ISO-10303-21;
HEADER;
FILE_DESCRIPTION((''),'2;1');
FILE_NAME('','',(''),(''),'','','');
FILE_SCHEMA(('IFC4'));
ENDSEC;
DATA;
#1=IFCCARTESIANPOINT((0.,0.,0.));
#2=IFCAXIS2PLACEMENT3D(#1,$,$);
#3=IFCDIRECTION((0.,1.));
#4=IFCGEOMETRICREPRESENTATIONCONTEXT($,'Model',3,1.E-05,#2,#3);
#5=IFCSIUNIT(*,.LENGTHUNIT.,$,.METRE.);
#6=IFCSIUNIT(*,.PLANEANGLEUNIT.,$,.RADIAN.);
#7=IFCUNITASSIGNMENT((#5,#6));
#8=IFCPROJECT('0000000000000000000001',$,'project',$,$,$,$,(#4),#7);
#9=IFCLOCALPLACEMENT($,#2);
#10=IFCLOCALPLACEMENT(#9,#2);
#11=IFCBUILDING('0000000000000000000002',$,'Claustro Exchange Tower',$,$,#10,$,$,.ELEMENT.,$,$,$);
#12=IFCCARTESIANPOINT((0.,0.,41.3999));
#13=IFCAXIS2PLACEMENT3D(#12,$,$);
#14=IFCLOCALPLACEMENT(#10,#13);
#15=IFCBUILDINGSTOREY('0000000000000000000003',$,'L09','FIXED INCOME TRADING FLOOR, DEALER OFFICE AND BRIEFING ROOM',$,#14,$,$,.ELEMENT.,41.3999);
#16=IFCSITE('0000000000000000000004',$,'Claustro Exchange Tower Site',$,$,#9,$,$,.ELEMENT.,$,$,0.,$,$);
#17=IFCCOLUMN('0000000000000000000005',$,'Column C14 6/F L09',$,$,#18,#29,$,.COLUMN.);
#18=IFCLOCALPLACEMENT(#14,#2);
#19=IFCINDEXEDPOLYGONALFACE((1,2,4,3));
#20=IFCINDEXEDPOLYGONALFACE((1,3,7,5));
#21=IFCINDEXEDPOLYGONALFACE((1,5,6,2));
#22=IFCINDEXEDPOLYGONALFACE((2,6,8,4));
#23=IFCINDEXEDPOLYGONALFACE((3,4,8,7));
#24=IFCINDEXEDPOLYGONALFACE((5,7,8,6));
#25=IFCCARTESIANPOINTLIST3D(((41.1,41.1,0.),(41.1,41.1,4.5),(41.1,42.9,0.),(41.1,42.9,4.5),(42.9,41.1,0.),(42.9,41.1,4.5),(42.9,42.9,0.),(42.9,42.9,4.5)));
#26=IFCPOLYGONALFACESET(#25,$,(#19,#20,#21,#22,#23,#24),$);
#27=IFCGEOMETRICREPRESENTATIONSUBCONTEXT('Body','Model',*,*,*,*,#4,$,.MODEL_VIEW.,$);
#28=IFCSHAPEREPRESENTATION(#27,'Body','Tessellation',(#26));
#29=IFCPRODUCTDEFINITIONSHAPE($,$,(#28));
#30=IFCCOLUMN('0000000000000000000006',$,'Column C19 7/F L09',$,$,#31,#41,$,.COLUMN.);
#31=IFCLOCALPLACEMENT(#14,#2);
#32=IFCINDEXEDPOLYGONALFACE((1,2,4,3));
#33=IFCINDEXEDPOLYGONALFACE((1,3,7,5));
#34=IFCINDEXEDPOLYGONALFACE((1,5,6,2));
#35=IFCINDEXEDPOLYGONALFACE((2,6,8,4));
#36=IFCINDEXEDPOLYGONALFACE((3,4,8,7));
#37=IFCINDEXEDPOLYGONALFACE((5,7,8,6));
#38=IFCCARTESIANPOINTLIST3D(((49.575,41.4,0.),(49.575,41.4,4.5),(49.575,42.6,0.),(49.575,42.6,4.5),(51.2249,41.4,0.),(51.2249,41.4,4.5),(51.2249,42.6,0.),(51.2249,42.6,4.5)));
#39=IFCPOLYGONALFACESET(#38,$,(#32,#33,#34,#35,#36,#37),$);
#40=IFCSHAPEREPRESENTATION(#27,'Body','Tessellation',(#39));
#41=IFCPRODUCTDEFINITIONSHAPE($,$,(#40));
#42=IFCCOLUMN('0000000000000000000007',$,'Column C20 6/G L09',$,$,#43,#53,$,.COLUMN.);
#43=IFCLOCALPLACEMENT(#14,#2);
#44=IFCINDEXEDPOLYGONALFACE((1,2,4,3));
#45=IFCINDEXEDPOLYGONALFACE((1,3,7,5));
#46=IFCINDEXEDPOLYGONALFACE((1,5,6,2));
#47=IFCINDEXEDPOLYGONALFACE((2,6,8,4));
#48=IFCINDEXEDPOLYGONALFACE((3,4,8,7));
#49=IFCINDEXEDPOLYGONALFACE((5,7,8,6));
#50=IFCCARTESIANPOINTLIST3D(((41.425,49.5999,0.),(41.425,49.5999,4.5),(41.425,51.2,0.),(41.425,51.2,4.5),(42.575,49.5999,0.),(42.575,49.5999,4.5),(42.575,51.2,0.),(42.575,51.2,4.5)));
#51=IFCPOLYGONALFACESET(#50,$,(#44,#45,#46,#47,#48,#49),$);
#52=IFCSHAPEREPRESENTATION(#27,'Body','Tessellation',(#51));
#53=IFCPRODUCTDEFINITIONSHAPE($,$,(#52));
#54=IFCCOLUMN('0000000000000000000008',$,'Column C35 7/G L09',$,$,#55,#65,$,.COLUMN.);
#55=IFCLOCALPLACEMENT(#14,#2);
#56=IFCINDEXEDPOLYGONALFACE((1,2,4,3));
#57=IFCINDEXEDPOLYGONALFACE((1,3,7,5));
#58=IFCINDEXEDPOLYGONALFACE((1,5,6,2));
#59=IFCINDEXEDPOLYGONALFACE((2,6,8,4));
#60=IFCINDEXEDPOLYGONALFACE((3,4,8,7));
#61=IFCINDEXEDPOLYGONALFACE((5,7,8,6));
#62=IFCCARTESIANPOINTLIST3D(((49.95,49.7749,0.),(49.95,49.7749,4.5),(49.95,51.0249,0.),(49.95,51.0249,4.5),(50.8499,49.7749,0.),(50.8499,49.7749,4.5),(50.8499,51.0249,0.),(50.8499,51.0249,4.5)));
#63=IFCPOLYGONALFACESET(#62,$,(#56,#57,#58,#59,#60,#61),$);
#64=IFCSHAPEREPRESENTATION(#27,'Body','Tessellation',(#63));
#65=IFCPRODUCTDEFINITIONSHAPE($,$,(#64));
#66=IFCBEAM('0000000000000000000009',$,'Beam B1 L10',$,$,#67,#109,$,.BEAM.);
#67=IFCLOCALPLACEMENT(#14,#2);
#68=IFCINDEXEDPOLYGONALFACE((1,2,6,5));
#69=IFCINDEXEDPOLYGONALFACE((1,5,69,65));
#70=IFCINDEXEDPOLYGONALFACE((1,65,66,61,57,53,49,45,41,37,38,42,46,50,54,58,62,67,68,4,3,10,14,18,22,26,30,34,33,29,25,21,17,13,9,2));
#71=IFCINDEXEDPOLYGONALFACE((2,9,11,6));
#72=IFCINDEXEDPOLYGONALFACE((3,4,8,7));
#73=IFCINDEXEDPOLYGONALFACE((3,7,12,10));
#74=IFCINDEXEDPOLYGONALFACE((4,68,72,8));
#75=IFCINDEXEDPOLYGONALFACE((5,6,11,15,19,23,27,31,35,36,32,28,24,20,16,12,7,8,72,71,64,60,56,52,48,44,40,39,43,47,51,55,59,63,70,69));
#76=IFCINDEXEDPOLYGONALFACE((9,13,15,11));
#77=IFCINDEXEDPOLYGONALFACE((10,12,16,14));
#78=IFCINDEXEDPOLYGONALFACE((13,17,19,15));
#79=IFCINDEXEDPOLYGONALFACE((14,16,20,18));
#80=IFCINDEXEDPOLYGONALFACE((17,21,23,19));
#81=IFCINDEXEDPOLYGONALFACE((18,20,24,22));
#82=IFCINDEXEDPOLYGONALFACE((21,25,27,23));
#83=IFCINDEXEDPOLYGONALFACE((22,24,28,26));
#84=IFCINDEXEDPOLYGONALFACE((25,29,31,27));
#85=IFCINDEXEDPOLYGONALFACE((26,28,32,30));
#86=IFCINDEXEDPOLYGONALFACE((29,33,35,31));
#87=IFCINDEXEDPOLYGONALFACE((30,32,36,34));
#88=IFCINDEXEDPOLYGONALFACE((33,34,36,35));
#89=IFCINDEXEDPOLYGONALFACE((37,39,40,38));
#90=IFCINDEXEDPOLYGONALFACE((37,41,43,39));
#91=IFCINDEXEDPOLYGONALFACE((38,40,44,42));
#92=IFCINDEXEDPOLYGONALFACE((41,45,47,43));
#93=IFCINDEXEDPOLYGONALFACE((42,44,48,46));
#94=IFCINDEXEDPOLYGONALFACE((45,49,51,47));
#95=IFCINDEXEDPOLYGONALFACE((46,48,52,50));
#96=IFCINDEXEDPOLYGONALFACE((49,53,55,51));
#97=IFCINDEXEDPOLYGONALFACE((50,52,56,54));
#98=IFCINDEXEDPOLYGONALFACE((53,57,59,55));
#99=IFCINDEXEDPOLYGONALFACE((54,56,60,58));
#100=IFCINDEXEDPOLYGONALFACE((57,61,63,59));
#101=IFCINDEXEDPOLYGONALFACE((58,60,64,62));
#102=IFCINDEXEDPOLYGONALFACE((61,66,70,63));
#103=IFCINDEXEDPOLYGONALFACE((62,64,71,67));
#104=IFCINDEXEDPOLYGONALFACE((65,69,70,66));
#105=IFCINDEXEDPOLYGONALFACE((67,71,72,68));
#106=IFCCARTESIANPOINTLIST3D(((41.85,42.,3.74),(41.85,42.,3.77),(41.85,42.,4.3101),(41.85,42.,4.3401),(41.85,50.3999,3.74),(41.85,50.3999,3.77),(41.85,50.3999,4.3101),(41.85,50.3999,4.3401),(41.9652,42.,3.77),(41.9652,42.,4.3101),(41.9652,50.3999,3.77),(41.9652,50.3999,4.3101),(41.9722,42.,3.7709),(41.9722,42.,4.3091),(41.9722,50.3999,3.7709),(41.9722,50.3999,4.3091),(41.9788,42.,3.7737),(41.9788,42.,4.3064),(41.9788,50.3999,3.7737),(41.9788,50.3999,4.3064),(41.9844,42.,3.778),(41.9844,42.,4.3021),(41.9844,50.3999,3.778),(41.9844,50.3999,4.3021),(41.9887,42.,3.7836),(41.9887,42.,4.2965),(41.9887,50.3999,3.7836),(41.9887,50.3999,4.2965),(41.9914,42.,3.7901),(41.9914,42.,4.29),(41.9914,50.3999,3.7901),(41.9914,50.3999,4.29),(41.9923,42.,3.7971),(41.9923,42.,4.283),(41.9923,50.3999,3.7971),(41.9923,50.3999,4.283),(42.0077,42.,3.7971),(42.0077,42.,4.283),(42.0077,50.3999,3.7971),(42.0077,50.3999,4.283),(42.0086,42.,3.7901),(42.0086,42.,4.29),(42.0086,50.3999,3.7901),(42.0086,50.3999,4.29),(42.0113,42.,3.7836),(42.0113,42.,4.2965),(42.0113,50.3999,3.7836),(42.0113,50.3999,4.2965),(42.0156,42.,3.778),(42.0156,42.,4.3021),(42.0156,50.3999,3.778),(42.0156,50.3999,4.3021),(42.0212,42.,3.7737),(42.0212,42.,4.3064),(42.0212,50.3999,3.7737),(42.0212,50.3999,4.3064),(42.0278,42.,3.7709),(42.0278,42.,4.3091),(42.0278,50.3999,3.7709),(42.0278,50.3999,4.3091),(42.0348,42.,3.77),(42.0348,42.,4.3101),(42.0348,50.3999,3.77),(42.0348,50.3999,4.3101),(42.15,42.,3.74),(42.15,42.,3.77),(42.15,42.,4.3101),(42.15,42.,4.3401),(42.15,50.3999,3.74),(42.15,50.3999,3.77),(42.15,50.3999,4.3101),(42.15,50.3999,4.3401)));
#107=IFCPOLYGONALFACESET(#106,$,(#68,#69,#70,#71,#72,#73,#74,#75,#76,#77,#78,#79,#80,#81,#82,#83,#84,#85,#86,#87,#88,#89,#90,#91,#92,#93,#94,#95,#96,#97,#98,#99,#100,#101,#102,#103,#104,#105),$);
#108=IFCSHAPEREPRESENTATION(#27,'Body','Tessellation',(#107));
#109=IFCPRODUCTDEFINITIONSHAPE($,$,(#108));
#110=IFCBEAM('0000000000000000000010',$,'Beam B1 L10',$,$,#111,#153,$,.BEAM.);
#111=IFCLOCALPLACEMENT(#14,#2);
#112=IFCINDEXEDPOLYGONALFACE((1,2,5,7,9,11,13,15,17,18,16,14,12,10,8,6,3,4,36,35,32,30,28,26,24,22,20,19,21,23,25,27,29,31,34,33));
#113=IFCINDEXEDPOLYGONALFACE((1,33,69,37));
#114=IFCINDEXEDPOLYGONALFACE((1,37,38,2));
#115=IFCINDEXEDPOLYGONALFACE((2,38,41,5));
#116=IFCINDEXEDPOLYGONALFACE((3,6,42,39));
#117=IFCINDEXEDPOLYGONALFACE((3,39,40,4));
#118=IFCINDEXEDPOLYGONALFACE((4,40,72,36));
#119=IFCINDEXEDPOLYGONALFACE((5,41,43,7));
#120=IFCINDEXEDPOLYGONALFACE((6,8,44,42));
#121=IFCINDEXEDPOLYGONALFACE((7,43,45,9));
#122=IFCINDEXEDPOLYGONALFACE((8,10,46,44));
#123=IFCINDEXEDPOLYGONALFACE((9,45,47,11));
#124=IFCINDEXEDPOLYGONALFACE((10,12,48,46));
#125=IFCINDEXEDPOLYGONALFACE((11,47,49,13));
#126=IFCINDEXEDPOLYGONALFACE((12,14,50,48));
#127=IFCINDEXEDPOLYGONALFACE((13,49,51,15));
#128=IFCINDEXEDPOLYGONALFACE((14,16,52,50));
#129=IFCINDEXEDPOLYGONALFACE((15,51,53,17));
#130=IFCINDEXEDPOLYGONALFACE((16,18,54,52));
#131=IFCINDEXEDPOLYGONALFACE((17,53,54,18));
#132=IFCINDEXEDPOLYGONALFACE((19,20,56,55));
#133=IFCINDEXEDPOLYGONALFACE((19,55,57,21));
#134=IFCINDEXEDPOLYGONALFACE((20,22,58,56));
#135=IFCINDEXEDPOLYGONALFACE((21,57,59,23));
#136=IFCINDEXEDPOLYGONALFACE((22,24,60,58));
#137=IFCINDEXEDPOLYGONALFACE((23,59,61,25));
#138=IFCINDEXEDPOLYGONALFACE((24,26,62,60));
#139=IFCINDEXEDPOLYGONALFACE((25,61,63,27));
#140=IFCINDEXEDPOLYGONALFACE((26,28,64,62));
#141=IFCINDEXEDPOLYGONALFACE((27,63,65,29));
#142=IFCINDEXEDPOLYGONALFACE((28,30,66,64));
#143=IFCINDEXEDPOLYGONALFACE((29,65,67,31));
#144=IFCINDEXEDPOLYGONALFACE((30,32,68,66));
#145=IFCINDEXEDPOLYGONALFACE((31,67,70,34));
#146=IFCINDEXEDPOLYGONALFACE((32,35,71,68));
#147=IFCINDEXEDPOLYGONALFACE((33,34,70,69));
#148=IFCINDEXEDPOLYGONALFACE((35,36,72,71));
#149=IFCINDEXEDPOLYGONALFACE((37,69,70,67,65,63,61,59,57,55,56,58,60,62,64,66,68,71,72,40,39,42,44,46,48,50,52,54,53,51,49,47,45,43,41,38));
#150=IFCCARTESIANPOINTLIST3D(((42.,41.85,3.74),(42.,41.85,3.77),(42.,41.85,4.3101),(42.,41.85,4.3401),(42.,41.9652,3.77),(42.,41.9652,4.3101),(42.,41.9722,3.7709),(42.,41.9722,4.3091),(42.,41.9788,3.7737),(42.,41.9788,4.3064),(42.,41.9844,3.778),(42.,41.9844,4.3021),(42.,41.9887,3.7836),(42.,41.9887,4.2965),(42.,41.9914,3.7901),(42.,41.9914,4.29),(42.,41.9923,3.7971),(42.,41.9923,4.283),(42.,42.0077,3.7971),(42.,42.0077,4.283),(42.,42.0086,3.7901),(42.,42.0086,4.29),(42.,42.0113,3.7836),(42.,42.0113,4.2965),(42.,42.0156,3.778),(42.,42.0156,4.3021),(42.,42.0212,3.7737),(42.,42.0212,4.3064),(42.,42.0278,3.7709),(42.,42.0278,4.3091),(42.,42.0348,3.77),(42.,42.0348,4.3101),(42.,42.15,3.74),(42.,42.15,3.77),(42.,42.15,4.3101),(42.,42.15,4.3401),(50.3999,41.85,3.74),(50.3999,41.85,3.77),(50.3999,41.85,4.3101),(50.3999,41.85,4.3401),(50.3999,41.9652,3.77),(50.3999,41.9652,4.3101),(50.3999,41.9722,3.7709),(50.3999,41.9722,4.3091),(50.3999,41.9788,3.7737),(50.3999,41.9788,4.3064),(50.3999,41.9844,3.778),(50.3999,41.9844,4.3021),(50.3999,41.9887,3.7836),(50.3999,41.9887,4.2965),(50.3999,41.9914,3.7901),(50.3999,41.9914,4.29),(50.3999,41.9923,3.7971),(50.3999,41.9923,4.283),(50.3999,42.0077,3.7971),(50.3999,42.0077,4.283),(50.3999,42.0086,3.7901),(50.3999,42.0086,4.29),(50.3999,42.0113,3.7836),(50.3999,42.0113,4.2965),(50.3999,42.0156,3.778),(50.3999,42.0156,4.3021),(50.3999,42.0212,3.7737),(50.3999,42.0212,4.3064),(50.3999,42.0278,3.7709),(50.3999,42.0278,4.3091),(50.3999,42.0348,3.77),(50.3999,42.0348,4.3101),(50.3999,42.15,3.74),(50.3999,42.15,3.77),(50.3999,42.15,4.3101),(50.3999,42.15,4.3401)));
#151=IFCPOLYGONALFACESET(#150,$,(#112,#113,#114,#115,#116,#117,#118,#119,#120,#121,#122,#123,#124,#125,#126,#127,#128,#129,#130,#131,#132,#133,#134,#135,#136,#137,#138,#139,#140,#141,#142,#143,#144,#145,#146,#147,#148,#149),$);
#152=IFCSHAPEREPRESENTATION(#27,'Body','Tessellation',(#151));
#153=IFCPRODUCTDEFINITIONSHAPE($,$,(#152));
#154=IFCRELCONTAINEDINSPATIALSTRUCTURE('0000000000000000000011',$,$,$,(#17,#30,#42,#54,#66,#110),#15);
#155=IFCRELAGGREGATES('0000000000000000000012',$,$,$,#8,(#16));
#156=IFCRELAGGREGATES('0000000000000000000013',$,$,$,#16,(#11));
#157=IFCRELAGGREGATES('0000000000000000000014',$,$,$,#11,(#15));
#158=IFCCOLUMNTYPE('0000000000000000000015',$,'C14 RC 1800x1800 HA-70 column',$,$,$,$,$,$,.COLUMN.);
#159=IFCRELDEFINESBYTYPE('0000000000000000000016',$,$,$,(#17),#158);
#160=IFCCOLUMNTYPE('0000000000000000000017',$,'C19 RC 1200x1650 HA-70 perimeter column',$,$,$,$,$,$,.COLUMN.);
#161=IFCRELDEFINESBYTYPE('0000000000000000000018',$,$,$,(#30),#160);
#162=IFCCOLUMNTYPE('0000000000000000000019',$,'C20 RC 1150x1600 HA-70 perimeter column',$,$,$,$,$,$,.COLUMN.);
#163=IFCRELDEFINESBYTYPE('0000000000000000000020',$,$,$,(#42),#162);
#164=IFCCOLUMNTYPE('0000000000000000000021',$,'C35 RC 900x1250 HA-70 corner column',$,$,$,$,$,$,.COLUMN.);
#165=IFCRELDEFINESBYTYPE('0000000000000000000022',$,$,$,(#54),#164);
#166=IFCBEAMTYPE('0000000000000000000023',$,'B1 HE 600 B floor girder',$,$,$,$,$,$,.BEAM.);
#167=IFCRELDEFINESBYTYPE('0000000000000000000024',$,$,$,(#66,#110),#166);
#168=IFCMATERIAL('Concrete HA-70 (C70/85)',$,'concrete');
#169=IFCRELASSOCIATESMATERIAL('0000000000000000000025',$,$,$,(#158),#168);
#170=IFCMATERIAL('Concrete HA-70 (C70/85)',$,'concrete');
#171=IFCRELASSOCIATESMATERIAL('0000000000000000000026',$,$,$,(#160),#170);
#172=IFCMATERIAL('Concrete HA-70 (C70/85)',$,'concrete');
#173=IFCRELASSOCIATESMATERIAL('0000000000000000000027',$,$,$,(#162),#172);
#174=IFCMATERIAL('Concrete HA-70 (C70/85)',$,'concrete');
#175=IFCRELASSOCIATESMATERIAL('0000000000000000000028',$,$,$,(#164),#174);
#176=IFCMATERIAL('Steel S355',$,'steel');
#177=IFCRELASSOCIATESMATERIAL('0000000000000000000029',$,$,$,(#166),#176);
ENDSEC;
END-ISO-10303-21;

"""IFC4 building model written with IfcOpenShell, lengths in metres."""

from ifc_helpers import new_model, si_unit, direction, frame, origin, origin_2d, place, context, subcontext, project, spatial, rectangle, i_section, extrude, material, material_profile, profile_set, type_object, element, save


model = new_model("IFC4")

# Units and contexts
model_context = context("Model", 3, precision=1e-05, world=origin(), true_north=direction((0.0, 1.0)))
body_context = subcontext(model_context, "Body", "Model", "MODEL_VIEW")
ifc_project = project(units=[si_unit("LENGTHUNIT", "METRE"), si_unit("PLANEANGLEUNIT", "RADIAN")], contexts=[model_context])

# Site, building, storey
site_placement = place(None, origin())
site = spatial("IfcSite", under=ifc_project, at=site_placement, Name="Claustro Exchange Tower Site", CompositionType="ELEMENT", RefElevation=0.0)
building_placement = place(site_placement, origin())
building = spatial("IfcBuilding", under=site, at=building_placement, Name="Claustro Exchange Tower", CompositionType="ELEMENT")
storey_placement = place(building_placement, frame((0.0, 0.0, 41.3999)))
storey = spatial("IfcBuildingStorey", under=building, at=storey_placement, Name="L09", Description="FIXED INCOME TRADING FLOOR, DEALER OFFICE AND BRIEFING ROOM", CompositionType="ELEMENT", Elevation=41.3999)

# Columns
ifc_material_1 = material(Name="Concrete HA-70 (C70/85)", Category="concrete")
ifc_material_profile_1 = material_profile(ifc_material_1, rectangle(XDim=1.8, YDim=1.8, at=origin_2d()), Name="RC 1800x1800")
ifc_profile_set_1 = profile_set([ifc_material_profile_1], Name="Concrete HA-70 (C70/85)")
column_type_1 = type_object("IfcColumnType", Name="C14 RC 1800x1800 HA-70 column", PredefinedType="COLUMN", material=ifc_profile_set_1)
column_1_placement = place(storey_placement, frame((42.0, 42.0, 0.0), z_axis=(0.0, 0.0, 1.0), x_axis=(1.0, 0.0, 0.0)))
element("IfcColumn", 1, at=column_1_placement, inside=storey, type_object=column_type_1, Name="Column C14 6/F L09", PredefinedType="COLUMN", context=body_context, shape_type="SweptSolid", body=[
    extrude(rectangle(XDim=1.8, YDim=1.8, at=origin_2d()), origin(), (0.0, 0.0, 1.0), 4.5),
])
ifc_material_2 = material(Name="Concrete HA-70 (C70/85)", Category="concrete")
ifc_material_profile_2 = material_profile(ifc_material_2, rectangle(XDim=1.2, YDim=1.6499, at=origin_2d()), Name="RC 1200x1650")
ifc_profile_set_2 = profile_set([ifc_material_profile_2], Name="Concrete HA-70 (C70/85)")
column_type_2 = type_object("IfcColumnType", Name="C19 RC 1200x1650 HA-70 perimeter column", PredefinedType="COLUMN", material=ifc_profile_set_2)
column_2_placement = place(storey_placement, frame((50.3999, 42.0, 0.0), z_axis=(0.0, 0.0, 1.0), x_axis=(0.0, 1.0, 0.0)))
element("IfcColumn", 2, at=column_2_placement, inside=storey, type_object=column_type_2, Name="Column C19 7/F L09", PredefinedType="COLUMN", context=body_context, shape_type="SweptSolid", body=[
    extrude(rectangle(XDim=1.2, YDim=1.6499, at=origin_2d()), origin(), (0.0, 0.0, 1.0), 4.5),
])
ifc_material_3 = material(Name="Concrete HA-70 (C70/85)", Category="concrete")
ifc_material_profile_3 = material_profile(ifc_material_3, rectangle(XDim=1.1499, YDim=1.6001, at=origin_2d()), Name="RC 1150x1600")
ifc_profile_set_3 = profile_set([ifc_material_profile_3], Name="Concrete HA-70 (C70/85)")
column_type_3 = type_object("IfcColumnType", Name="C20 RC 1150x1600 HA-70 perimeter column", PredefinedType="COLUMN", material=ifc_profile_set_3)
column_3_placement = place(storey_placement, frame((42.0, 50.3999, 0.0), z_axis=(0.0, 0.0, 1.0), x_axis=(1.0, 0.0, 0.0)))
element("IfcColumn", 3, at=column_3_placement, inside=storey, type_object=column_type_3, Name="Column C20 6/G L09", PredefinedType="COLUMN", context=body_context, shape_type="SweptSolid", body=[
    extrude(rectangle(XDim=1.1499, YDim=1.6001, at=origin_2d()), origin(), (0.0, 0.0, 1.0), 4.5),
])
ifc_material_4 = material(Name="Concrete HA-70 (C70/85)", Category="concrete")
ifc_material_profile_4 = material_profile(ifc_material_4, rectangle(XDim=0.8999, YDim=1.25, at=origin_2d()), Name="RC 900x1250")
ifc_profile_set_4 = profile_set([ifc_material_profile_4], Name="Concrete HA-70 (C70/85)")
column_type_4 = type_object("IfcColumnType", Name="C35 RC 900x1250 HA-70 corner column", PredefinedType="COLUMN", material=ifc_profile_set_4)
column_4_placement = place(storey_placement, frame((50.3999, 50.3999, 0.0), z_axis=(0.0, 0.0, 1.0), x_axis=(1.0, 0.0, 0.0)))
element("IfcColumn", 4, at=column_4_placement, inside=storey, type_object=column_type_4, Name="Column C35 7/G L09", PredefinedType="COLUMN", context=body_context, shape_type="SweptSolid", body=[
    extrude(rectangle(XDim=0.8999, YDim=1.25, at=origin_2d()), origin(), (0.0, 0.0, 1.0), 4.5),
])

# Beams
ifc_material_5 = material(Name="Steel S355", Category="steel")
ifc_material_profile_5 = material_profile(ifc_material_5, i_section(OverallWidth=0.3, OverallDepth=0.6001, WebThickness=0.0154, FlangeThickness=0.03, FilletRadius=0.0271, at=origin_2d()), Name="HE 600 B")
ifc_profile_set_5 = profile_set([ifc_material_profile_5], Name="Steel S355")
beam_type_1 = type_object("IfcBeamType", Name="B1 HE 600 B floor girder", PredefinedType="BEAM", material=ifc_profile_set_5)
for number, where, z_axis, x_axis, name in (
    (5, (42.0, 42.0, 4.04), (0.0, 1.0, 0.0), (-1.0, 0.0, 0.0), "Beam B1 L10"),
    (6, (42.0, 42.0, 4.04), (1.0, 0.0, 0.0), (0.0, 1.0, 0.0), "Beam B1 L10"),
):
    element("IfcBeam", number, at=place(storey_placement, frame(where, z_axis=z_axis, x_axis=x_axis)), inside=storey, type_object=beam_type_1, Name=name, PredefinedType="BEAM", context=body_context, shape_type="SweptSolid", body=[
        extrude(i_section(OverallWidth=0.3, OverallDepth=0.6001, WebThickness=0.0154, FlangeThickness=0.03, FilletRadius=0.0271, at=origin_2d()), origin(), (0.0, 0.0, 1.0), 8.3999),
    ])

save(model, "model.ifc")
